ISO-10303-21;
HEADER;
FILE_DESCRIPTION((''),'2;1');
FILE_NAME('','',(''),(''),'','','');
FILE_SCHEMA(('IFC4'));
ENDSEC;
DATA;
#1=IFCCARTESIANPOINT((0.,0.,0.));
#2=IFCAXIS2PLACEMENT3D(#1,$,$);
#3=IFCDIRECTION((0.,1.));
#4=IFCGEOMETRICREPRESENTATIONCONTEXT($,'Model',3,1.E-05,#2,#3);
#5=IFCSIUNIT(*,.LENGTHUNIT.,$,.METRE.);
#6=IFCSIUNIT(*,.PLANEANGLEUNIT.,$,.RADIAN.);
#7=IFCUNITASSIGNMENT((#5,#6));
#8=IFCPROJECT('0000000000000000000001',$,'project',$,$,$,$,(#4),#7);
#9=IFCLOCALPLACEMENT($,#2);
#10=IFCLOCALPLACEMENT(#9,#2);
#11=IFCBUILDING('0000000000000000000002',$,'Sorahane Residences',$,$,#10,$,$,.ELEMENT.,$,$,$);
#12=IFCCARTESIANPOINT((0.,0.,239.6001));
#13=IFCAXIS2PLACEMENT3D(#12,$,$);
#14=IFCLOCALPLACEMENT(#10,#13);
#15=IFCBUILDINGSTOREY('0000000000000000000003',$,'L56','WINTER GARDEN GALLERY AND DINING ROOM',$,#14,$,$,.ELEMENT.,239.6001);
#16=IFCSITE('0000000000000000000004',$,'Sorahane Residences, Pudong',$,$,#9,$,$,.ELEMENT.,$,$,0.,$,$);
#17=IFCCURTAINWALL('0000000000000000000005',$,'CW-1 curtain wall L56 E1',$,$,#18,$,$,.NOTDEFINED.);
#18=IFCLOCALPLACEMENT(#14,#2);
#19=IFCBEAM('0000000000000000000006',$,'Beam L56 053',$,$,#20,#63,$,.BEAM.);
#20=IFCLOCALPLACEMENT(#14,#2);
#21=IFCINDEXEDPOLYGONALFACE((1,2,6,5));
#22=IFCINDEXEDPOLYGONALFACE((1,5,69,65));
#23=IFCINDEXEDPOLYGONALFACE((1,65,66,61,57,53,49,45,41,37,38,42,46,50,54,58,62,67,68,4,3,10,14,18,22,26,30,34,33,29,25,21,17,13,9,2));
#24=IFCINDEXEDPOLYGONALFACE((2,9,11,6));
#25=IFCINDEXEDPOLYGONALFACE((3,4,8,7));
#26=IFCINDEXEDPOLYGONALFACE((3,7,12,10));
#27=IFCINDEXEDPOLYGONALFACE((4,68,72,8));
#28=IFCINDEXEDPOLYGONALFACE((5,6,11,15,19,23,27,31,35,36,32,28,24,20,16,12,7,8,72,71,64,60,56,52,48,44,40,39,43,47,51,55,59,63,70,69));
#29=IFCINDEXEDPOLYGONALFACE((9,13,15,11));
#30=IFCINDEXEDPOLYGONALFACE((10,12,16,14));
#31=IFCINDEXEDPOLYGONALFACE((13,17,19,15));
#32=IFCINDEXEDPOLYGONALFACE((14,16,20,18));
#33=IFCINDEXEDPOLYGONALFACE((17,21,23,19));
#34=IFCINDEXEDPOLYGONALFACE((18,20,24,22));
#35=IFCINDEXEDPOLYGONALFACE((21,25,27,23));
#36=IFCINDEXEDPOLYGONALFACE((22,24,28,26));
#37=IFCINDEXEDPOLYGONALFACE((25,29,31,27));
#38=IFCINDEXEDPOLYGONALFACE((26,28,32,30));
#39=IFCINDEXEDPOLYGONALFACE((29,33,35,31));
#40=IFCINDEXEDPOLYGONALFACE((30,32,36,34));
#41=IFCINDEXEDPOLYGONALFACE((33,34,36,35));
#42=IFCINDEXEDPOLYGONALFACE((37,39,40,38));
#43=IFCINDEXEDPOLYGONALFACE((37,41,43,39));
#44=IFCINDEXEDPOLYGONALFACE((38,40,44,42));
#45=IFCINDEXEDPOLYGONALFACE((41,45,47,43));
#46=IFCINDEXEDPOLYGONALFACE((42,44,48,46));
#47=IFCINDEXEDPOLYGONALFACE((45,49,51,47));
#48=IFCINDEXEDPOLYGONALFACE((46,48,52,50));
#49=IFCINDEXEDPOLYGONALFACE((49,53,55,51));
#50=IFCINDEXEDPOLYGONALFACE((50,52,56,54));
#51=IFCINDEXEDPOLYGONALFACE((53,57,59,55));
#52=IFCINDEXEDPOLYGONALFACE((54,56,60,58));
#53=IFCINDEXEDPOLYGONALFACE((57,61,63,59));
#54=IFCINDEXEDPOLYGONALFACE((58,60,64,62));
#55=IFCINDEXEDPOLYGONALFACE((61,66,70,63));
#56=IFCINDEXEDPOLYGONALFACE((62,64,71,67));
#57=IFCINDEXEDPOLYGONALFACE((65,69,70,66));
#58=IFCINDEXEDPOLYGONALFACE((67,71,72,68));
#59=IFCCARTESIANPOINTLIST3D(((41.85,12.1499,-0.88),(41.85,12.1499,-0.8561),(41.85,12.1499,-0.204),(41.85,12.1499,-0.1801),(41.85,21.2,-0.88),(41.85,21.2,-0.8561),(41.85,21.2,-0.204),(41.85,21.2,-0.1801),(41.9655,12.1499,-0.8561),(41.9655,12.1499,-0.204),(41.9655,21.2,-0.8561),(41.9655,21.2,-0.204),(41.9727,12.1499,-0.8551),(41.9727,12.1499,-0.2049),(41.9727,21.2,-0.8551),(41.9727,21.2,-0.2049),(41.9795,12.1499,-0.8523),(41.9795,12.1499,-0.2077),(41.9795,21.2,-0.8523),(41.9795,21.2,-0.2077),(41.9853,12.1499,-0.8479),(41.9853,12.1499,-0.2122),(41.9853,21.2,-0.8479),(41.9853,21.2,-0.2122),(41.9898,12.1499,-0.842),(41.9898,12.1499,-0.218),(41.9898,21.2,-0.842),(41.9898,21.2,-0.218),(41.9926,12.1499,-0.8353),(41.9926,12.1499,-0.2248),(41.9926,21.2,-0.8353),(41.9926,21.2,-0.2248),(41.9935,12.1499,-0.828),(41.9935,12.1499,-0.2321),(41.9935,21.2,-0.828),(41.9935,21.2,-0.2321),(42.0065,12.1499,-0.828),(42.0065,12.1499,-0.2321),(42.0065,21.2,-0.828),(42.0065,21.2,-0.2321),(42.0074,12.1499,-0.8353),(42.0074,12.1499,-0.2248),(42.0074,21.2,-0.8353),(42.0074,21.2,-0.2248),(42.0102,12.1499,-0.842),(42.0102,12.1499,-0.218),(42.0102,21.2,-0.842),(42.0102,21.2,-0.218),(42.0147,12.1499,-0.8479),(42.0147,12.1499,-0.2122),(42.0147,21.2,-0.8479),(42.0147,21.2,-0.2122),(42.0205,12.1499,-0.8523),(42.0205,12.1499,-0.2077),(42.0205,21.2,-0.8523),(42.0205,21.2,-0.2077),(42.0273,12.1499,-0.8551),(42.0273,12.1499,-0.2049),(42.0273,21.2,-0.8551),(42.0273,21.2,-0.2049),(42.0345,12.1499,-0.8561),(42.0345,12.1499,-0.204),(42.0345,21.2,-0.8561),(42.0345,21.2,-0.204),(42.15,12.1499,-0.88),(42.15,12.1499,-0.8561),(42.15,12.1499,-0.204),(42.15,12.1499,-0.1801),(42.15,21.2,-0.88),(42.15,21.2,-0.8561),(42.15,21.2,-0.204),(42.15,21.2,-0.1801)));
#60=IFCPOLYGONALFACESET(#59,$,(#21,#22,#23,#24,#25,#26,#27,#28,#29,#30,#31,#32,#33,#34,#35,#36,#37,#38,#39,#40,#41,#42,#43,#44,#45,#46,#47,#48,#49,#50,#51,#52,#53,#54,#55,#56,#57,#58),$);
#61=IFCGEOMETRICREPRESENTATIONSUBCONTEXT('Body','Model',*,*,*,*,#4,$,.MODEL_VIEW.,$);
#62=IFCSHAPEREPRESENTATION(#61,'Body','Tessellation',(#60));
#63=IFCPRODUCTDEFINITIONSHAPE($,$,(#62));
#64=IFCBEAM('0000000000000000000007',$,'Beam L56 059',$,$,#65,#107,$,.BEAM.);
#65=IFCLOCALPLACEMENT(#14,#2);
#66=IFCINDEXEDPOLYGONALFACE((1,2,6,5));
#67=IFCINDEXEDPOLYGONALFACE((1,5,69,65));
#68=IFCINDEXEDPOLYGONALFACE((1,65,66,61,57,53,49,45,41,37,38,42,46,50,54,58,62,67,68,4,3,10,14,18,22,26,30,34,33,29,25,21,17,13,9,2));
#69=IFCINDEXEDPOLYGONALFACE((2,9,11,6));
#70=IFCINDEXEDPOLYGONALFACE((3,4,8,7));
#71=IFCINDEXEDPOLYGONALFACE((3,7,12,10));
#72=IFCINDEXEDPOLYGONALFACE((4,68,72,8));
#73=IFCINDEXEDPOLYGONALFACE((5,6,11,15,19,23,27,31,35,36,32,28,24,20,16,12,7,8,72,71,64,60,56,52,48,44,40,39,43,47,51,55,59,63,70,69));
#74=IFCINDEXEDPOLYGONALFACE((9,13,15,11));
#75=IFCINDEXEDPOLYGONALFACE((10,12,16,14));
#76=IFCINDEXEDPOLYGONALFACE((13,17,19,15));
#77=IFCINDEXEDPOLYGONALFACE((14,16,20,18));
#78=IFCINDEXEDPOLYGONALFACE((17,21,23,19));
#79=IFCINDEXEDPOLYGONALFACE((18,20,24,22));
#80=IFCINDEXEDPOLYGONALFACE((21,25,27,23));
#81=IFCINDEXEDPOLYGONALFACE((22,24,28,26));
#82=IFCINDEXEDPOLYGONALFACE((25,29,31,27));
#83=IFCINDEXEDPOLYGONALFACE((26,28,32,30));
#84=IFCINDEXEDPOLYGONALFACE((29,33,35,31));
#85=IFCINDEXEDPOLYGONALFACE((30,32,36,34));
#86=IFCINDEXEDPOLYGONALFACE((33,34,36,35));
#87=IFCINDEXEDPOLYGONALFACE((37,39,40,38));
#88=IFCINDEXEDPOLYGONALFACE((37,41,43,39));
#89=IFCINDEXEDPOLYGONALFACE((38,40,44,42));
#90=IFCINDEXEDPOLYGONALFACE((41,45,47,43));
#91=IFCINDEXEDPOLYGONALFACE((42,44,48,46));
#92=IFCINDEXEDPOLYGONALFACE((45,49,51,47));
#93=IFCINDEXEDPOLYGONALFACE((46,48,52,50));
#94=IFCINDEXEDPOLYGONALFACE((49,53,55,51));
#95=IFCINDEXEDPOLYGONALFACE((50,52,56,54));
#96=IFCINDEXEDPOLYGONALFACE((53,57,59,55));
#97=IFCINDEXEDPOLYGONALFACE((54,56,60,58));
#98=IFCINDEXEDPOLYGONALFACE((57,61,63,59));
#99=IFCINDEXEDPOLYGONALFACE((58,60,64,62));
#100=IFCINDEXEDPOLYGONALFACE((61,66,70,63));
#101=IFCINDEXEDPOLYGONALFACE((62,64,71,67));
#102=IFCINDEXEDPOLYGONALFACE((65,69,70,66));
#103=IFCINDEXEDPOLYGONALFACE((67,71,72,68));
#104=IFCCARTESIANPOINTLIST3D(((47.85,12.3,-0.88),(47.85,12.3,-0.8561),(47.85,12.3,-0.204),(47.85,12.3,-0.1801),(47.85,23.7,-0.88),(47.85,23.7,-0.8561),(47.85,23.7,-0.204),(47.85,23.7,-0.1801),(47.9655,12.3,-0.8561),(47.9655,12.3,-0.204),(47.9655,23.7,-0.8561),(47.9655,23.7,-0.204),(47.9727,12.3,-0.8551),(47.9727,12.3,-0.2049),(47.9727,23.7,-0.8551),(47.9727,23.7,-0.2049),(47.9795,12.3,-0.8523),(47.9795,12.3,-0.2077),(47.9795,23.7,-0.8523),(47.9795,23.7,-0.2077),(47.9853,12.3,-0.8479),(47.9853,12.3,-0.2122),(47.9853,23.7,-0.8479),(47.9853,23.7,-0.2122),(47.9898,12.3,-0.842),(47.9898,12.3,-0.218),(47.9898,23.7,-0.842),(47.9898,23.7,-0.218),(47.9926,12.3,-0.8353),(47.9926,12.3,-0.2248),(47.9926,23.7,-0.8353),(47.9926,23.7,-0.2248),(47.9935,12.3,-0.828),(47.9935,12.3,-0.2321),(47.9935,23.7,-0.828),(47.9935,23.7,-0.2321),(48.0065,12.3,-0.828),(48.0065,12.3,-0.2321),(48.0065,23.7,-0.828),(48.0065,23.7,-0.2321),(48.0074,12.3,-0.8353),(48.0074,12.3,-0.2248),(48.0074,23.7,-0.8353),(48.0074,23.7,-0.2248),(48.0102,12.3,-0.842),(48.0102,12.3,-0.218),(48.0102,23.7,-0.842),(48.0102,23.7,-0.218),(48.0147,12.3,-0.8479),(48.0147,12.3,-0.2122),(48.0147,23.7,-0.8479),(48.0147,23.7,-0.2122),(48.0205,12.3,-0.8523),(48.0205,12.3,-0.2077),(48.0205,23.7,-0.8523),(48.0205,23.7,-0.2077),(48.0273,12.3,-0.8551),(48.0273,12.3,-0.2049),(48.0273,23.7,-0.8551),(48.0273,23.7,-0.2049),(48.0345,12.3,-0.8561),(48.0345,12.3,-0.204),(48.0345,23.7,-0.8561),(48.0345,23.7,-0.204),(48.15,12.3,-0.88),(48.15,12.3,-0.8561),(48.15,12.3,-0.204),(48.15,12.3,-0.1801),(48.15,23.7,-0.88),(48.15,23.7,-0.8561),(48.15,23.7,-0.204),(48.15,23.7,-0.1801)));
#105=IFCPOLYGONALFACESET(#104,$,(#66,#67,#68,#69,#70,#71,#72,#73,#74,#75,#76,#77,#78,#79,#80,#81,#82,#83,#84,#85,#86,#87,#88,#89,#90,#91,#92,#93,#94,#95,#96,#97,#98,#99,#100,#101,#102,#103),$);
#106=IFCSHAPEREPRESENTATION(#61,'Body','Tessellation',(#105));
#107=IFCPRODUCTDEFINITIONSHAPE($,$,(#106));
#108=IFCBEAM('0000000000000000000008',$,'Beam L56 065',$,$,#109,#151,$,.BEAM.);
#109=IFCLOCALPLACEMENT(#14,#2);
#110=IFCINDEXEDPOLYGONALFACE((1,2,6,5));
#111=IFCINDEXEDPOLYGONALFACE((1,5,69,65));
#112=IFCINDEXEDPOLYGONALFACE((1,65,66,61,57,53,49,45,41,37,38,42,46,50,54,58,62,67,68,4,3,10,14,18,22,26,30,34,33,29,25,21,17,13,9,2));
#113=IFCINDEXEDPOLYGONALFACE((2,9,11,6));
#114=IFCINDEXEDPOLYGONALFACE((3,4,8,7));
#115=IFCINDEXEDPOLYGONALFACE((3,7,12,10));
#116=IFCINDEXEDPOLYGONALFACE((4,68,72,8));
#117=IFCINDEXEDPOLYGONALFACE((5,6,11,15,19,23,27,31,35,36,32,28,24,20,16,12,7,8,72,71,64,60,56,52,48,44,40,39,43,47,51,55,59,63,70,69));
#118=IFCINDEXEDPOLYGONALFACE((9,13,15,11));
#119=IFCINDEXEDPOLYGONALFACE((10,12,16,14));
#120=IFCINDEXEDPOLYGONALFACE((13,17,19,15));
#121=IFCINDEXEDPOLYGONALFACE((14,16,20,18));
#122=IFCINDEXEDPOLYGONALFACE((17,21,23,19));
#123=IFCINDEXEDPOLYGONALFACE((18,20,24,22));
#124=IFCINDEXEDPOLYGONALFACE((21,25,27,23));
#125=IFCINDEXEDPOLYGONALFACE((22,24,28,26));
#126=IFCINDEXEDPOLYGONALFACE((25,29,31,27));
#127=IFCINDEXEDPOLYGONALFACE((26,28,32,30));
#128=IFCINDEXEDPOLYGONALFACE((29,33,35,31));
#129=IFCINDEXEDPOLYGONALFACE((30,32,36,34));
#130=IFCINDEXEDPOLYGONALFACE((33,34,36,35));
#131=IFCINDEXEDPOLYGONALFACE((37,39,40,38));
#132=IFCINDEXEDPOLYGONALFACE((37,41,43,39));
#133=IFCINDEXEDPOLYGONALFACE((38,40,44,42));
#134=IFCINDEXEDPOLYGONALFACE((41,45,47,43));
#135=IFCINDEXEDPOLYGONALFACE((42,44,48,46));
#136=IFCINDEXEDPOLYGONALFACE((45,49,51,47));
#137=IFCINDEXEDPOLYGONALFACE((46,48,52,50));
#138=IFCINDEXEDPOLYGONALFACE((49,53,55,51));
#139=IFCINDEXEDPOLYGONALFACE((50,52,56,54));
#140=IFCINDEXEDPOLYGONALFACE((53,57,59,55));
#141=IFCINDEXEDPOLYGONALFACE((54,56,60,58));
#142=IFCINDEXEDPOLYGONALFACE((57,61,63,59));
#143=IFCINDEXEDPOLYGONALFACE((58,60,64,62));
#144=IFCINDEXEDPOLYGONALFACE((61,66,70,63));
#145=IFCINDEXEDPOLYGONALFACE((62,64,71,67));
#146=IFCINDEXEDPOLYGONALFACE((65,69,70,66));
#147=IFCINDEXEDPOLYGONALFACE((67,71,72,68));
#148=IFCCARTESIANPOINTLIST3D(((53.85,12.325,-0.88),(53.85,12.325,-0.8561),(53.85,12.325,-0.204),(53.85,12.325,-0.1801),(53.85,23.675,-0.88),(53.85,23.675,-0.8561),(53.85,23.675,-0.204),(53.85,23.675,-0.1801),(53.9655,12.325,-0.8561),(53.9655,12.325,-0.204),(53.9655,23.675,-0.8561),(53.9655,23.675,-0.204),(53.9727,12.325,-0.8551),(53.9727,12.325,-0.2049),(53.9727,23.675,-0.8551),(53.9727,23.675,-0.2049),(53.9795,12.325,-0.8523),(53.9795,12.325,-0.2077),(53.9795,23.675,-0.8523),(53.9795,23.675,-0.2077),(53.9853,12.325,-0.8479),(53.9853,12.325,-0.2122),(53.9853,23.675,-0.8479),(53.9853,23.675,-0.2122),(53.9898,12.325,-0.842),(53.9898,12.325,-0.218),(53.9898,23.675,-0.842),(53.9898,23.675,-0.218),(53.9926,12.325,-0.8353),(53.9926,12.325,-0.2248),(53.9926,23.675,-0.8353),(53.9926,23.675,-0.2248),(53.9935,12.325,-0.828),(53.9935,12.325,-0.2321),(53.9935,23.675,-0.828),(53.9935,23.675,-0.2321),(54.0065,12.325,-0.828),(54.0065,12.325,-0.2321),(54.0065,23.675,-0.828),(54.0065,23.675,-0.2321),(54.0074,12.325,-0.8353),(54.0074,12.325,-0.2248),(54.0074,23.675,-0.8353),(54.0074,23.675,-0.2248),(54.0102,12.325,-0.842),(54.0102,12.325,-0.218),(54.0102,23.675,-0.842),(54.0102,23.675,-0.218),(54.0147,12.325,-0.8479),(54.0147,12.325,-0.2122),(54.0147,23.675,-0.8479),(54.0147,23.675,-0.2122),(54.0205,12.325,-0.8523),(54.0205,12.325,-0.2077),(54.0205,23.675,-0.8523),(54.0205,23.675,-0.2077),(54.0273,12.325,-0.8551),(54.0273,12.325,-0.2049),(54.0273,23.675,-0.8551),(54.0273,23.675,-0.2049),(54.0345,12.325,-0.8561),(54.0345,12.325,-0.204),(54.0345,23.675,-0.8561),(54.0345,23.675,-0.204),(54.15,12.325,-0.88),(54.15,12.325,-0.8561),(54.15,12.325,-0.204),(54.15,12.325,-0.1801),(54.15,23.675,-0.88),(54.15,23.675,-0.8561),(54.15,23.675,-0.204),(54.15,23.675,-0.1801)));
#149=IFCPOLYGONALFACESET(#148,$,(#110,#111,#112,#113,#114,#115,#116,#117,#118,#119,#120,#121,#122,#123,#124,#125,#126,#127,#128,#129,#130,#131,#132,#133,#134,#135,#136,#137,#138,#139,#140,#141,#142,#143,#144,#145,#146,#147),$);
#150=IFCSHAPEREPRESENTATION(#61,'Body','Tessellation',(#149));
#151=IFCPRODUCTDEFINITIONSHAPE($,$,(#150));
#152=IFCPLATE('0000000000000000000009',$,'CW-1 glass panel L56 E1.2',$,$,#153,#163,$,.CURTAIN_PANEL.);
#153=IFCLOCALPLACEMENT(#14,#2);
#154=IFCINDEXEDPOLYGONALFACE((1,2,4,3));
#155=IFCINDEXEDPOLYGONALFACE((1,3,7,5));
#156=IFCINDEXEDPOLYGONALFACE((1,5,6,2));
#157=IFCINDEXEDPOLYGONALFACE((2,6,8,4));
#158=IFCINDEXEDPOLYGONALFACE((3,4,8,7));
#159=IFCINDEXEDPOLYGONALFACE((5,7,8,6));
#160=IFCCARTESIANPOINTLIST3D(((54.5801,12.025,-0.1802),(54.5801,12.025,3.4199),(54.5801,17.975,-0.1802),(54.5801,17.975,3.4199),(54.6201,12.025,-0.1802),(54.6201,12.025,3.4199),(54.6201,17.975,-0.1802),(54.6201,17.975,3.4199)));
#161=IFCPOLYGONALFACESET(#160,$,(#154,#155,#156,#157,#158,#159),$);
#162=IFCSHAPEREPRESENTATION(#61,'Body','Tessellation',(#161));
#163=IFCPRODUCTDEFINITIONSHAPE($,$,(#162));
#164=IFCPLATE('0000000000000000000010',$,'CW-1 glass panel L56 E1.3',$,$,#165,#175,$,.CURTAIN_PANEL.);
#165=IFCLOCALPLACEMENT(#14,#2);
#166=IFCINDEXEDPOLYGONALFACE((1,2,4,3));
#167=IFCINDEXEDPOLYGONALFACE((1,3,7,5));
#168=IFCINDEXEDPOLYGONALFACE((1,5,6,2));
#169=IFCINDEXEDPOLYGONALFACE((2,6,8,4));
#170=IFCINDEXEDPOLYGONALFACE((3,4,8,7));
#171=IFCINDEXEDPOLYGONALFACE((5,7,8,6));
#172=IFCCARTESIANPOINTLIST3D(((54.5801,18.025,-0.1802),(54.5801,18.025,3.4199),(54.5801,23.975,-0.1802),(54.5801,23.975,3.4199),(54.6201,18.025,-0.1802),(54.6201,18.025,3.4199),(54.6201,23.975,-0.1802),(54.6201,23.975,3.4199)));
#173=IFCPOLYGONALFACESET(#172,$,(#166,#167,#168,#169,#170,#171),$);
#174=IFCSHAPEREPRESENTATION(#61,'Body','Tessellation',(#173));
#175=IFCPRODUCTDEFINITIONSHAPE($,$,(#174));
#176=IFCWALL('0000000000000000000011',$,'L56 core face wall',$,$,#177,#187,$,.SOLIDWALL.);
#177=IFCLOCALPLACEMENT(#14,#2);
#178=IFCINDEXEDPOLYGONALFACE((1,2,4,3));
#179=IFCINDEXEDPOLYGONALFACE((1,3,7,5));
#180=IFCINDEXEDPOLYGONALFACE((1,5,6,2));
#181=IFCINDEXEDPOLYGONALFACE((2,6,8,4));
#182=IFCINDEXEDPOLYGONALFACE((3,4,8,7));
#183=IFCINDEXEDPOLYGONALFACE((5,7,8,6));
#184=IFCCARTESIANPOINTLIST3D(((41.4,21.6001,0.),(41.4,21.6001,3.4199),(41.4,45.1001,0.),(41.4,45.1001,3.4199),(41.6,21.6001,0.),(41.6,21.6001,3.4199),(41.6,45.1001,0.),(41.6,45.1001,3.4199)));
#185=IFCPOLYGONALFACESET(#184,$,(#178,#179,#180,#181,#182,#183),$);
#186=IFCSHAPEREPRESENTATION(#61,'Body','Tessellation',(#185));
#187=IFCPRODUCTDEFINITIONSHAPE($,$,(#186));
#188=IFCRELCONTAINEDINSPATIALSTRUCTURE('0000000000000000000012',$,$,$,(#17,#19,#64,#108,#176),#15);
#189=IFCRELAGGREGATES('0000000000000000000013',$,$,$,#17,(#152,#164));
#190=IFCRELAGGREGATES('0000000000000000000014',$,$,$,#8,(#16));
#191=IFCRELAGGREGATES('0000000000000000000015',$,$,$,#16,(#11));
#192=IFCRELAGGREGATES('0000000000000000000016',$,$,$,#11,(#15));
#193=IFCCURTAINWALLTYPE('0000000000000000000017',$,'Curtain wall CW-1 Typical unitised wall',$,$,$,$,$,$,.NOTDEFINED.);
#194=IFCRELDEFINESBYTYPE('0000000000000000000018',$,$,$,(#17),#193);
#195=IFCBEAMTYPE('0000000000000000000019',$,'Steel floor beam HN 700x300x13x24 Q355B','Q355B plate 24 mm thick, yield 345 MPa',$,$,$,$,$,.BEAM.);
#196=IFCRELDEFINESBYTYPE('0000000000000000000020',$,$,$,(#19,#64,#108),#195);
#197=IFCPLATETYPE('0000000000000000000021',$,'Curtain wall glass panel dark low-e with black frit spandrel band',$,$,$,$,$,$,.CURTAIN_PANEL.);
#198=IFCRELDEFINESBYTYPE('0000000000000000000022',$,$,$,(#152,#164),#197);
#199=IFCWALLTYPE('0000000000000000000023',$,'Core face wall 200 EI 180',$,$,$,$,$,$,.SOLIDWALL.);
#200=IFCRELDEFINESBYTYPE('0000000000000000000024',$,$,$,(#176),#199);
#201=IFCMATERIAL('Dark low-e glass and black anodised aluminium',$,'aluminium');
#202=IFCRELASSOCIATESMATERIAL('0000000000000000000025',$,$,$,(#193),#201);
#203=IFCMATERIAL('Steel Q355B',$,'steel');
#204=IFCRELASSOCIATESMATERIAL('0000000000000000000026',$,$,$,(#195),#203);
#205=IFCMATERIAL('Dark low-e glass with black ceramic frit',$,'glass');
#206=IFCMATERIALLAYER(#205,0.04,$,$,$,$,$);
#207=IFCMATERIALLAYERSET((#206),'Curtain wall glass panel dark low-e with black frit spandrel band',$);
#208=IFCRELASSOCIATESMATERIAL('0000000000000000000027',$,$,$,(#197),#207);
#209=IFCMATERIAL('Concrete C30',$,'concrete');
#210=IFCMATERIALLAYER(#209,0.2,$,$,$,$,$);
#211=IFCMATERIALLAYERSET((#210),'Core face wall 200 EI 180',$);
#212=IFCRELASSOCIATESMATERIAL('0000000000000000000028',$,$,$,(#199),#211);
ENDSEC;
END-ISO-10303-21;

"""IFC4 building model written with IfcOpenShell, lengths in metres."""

from ifc_helpers import new_model, si_unit, direction, frame, frame_2d, origin, origin_2d, place, context, subcontext, project, spatial, rectangle, i_section, extrude, material, layer, layer_set, material_profile, profile_set, type_object, element, aggregate, save


model = new_model("IFC4")

# Units and contexts
model_context = context("Model", 3, precision=1e-05, world=origin(), true_north=direction((0.0, 1.0)))
body_context = subcontext(model_context, "Body", "Model", "MODEL_VIEW")
ifc_project = project(units=[si_unit("LENGTHUNIT", "METRE"), si_unit("PLANEANGLEUNIT", "RADIAN")], contexts=[model_context])

# Site, building, storey
site_placement = place(None, origin())
site = spatial("IfcSite", under=ifc_project, at=site_placement, Name="Sorahane Residences, Pudong", CompositionType="ELEMENT", RefElevation=0.0)
building_placement = place(site_placement, origin())
building = spatial("IfcBuilding", under=site, at=building_placement, Name="Sorahane Residences", CompositionType="ELEMENT")
storey_placement = place(building_placement, frame((0.0, 0.0, 239.6001)))
storey = spatial("IfcBuildingStorey", under=building, at=storey_placement, Name="L56", Description="WINTER GARDEN GALLERY AND DINING ROOM", CompositionType="ELEMENT", Elevation=239.6001)

# Curtain wall
ifc_material_1 = material(Name="Dark low-e glass and black anodised aluminium", Category="aluminium")
curtain_wall_type = type_object("IfcCurtainWallType", Name="Curtain wall CW-1 Typical unitised wall", PredefinedType="NOTDEFINED", material=ifc_material_1)
curtain_wall_placement = place(storey_placement, origin())
curtain_wall = element("IfcCurtainWall", 1, at=curtain_wall_placement, inside=storey, type_object=curtain_wall_type, Name="CW-1 curtain wall L56 E1", PredefinedType="NOTDEFINED")

# Beams
ifc_material_2 = material(Name="Steel Q355B", Category="steel")
ifc_material_profile_1 = material_profile(ifc_material_2, i_section(OverallWidth=0.3, OverallDepth=0.7, WebThickness=0.0129, FlangeThickness=0.0239, FilletRadius=0.0281, at=origin_2d()), Name="HN 700x300x13x24")
ifc_profile_set_1 = profile_set([ifc_material_profile_1], Name="Steel Q355B")
beam_type_1 = type_object("IfcBeamType", Name="Steel floor beam HN 700x300x13x24 Q355B", Description="Q355B plate 24 mm thick, yield 345 MPa", PredefinedType="BEAM", material=ifc_profile_set_1)
beam_1_placement = place(storey_placement, frame((42.0, 12.1499, -0.53), z_axis=(0.0, 1.0, 0.0), x_axis=(-1.0, 0.0, 0.0)))
element("IfcBeam", 2, at=beam_1_placement, inside=storey, type_object=beam_type_1, Name="Beam L56 053", PredefinedType="BEAM", context=body_context, shape_type="SweptSolid", body=[
    extrude(i_section(OverallWidth=0.3, OverallDepth=0.7, WebThickness=0.0129, FlangeThickness=0.0239, FilletRadius=0.0281, at=origin_2d()), origin(), (0.0, 0.0, 1.0), 9.05),
])
beam_2_placement = place(storey_placement, frame((48.0, 12.3, -0.53), z_axis=(0.0, 1.0, 0.0), x_axis=(-1.0, 0.0, 0.0)))
element("IfcBeam", 3, at=beam_2_placement, inside=storey, type_object=beam_type_1, Name="Beam L56 059", PredefinedType="BEAM", context=body_context, shape_type="SweptSolid", body=[
    extrude(i_section(OverallWidth=0.3, OverallDepth=0.7, WebThickness=0.0129, FlangeThickness=0.0239, FilletRadius=0.0281, at=origin_2d()), origin(), (0.0, 0.0, 1.0), 11.3999),
])
beam_3_placement = place(storey_placement, frame((54.0, 12.325, -0.53), z_axis=(0.0, 1.0, 0.0), x_axis=(-1.0, 0.0, 0.0)))
element("IfcBeam", 4, at=beam_3_placement, inside=storey, type_object=beam_type_1, Name="Beam L56 065", PredefinedType="BEAM", context=body_context, shape_type="SweptSolid", body=[
    extrude(i_section(OverallWidth=0.3, OverallDepth=0.7, WebThickness=0.0129, FlangeThickness=0.0239, FilletRadius=0.0281, at=origin_2d()), origin(), (0.0, 0.0, 1.0), 11.3501),
])

# Plates
ifc_material_3 = material(Name="Dark low-e glass with black ceramic frit", Category="glass")
ifc_layer_1 = layer(ifc_material_3, 0.04)
ifc_layer_set_1 = layer_set([ifc_layer_1], Name="Curtain wall glass panel dark low-e with black frit spandrel band")
plate_type = type_object("IfcPlateType", Name="Curtain wall glass panel dark low-e with black frit spandrel band", PredefinedType="CURTAIN_PANEL", material=ifc_layer_set_1)
plate_1_placement = place(storey_placement, frame((54.6001, 15.0, -0.1802), z_axis=(0.0, 0.0, 1.0), x_axis=(0.0, 1.0, 0.0)))
plate_1 = element("IfcPlate", 5, at=plate_1_placement, type_object=plate_type, Name="CW-1 glass panel L56 E1.2", PredefinedType="CURTAIN_PANEL", context=body_context, shape_type="SweptSolid", body=[
    extrude(rectangle(XDim=5.95, YDim=0.04, at=origin_2d()), origin(), (0.0, 0.0, 1.0), 3.6001),
])
plate_2_placement = place(storey_placement, frame((54.6001, 21.0, -0.1802), z_axis=(0.0, 0.0, 1.0), x_axis=(0.0, 1.0, 0.0)))
plate_2 = element("IfcPlate", 6, at=plate_2_placement, type_object=plate_type, Name="CW-1 glass panel L56 E1.3", PredefinedType="CURTAIN_PANEL", context=body_context, shape_type="SweptSolid", body=[
    extrude(rectangle(XDim=5.95, YDim=0.04, at=origin_2d()), origin(), (0.0, 0.0, 1.0), 3.6001),
])
aggregate(curtain_wall, [plate_1, plate_2])

# Wall
ifc_material_4 = material(Name="Concrete C30", Category="concrete")
ifc_layer_2 = layer(ifc_material_4, 0.2)
ifc_layer_set_2 = layer_set([ifc_layer_2], Name="Core face wall 200 EI 180")
wall_type_1 = type_object("IfcWallType", Name="Core face wall 200 EI 180", PredefinedType="SOLIDWALL", material=ifc_layer_set_2)
wall_1_placement = place(storey_placement, frame((41.5, 21.6001, 0.0), z_axis=(0.0, 0.0, 1.0), x_axis=(0.0, 1.0, 0.0)))
element("IfcWall", 7, at=wall_1_placement, inside=storey, type_object=wall_type_1, Name="L56 core face wall", PredefinedType="SOLIDWALL", context=body_context, shape_type="SweptSolid", body=[
    extrude(rectangle(XDim=23.5, YDim=0.2, at=frame_2d((11.75, 0.0))), origin(), (0.0, 0.0, 1.0), 3.4199),
])

save(model, "model.ifc")
